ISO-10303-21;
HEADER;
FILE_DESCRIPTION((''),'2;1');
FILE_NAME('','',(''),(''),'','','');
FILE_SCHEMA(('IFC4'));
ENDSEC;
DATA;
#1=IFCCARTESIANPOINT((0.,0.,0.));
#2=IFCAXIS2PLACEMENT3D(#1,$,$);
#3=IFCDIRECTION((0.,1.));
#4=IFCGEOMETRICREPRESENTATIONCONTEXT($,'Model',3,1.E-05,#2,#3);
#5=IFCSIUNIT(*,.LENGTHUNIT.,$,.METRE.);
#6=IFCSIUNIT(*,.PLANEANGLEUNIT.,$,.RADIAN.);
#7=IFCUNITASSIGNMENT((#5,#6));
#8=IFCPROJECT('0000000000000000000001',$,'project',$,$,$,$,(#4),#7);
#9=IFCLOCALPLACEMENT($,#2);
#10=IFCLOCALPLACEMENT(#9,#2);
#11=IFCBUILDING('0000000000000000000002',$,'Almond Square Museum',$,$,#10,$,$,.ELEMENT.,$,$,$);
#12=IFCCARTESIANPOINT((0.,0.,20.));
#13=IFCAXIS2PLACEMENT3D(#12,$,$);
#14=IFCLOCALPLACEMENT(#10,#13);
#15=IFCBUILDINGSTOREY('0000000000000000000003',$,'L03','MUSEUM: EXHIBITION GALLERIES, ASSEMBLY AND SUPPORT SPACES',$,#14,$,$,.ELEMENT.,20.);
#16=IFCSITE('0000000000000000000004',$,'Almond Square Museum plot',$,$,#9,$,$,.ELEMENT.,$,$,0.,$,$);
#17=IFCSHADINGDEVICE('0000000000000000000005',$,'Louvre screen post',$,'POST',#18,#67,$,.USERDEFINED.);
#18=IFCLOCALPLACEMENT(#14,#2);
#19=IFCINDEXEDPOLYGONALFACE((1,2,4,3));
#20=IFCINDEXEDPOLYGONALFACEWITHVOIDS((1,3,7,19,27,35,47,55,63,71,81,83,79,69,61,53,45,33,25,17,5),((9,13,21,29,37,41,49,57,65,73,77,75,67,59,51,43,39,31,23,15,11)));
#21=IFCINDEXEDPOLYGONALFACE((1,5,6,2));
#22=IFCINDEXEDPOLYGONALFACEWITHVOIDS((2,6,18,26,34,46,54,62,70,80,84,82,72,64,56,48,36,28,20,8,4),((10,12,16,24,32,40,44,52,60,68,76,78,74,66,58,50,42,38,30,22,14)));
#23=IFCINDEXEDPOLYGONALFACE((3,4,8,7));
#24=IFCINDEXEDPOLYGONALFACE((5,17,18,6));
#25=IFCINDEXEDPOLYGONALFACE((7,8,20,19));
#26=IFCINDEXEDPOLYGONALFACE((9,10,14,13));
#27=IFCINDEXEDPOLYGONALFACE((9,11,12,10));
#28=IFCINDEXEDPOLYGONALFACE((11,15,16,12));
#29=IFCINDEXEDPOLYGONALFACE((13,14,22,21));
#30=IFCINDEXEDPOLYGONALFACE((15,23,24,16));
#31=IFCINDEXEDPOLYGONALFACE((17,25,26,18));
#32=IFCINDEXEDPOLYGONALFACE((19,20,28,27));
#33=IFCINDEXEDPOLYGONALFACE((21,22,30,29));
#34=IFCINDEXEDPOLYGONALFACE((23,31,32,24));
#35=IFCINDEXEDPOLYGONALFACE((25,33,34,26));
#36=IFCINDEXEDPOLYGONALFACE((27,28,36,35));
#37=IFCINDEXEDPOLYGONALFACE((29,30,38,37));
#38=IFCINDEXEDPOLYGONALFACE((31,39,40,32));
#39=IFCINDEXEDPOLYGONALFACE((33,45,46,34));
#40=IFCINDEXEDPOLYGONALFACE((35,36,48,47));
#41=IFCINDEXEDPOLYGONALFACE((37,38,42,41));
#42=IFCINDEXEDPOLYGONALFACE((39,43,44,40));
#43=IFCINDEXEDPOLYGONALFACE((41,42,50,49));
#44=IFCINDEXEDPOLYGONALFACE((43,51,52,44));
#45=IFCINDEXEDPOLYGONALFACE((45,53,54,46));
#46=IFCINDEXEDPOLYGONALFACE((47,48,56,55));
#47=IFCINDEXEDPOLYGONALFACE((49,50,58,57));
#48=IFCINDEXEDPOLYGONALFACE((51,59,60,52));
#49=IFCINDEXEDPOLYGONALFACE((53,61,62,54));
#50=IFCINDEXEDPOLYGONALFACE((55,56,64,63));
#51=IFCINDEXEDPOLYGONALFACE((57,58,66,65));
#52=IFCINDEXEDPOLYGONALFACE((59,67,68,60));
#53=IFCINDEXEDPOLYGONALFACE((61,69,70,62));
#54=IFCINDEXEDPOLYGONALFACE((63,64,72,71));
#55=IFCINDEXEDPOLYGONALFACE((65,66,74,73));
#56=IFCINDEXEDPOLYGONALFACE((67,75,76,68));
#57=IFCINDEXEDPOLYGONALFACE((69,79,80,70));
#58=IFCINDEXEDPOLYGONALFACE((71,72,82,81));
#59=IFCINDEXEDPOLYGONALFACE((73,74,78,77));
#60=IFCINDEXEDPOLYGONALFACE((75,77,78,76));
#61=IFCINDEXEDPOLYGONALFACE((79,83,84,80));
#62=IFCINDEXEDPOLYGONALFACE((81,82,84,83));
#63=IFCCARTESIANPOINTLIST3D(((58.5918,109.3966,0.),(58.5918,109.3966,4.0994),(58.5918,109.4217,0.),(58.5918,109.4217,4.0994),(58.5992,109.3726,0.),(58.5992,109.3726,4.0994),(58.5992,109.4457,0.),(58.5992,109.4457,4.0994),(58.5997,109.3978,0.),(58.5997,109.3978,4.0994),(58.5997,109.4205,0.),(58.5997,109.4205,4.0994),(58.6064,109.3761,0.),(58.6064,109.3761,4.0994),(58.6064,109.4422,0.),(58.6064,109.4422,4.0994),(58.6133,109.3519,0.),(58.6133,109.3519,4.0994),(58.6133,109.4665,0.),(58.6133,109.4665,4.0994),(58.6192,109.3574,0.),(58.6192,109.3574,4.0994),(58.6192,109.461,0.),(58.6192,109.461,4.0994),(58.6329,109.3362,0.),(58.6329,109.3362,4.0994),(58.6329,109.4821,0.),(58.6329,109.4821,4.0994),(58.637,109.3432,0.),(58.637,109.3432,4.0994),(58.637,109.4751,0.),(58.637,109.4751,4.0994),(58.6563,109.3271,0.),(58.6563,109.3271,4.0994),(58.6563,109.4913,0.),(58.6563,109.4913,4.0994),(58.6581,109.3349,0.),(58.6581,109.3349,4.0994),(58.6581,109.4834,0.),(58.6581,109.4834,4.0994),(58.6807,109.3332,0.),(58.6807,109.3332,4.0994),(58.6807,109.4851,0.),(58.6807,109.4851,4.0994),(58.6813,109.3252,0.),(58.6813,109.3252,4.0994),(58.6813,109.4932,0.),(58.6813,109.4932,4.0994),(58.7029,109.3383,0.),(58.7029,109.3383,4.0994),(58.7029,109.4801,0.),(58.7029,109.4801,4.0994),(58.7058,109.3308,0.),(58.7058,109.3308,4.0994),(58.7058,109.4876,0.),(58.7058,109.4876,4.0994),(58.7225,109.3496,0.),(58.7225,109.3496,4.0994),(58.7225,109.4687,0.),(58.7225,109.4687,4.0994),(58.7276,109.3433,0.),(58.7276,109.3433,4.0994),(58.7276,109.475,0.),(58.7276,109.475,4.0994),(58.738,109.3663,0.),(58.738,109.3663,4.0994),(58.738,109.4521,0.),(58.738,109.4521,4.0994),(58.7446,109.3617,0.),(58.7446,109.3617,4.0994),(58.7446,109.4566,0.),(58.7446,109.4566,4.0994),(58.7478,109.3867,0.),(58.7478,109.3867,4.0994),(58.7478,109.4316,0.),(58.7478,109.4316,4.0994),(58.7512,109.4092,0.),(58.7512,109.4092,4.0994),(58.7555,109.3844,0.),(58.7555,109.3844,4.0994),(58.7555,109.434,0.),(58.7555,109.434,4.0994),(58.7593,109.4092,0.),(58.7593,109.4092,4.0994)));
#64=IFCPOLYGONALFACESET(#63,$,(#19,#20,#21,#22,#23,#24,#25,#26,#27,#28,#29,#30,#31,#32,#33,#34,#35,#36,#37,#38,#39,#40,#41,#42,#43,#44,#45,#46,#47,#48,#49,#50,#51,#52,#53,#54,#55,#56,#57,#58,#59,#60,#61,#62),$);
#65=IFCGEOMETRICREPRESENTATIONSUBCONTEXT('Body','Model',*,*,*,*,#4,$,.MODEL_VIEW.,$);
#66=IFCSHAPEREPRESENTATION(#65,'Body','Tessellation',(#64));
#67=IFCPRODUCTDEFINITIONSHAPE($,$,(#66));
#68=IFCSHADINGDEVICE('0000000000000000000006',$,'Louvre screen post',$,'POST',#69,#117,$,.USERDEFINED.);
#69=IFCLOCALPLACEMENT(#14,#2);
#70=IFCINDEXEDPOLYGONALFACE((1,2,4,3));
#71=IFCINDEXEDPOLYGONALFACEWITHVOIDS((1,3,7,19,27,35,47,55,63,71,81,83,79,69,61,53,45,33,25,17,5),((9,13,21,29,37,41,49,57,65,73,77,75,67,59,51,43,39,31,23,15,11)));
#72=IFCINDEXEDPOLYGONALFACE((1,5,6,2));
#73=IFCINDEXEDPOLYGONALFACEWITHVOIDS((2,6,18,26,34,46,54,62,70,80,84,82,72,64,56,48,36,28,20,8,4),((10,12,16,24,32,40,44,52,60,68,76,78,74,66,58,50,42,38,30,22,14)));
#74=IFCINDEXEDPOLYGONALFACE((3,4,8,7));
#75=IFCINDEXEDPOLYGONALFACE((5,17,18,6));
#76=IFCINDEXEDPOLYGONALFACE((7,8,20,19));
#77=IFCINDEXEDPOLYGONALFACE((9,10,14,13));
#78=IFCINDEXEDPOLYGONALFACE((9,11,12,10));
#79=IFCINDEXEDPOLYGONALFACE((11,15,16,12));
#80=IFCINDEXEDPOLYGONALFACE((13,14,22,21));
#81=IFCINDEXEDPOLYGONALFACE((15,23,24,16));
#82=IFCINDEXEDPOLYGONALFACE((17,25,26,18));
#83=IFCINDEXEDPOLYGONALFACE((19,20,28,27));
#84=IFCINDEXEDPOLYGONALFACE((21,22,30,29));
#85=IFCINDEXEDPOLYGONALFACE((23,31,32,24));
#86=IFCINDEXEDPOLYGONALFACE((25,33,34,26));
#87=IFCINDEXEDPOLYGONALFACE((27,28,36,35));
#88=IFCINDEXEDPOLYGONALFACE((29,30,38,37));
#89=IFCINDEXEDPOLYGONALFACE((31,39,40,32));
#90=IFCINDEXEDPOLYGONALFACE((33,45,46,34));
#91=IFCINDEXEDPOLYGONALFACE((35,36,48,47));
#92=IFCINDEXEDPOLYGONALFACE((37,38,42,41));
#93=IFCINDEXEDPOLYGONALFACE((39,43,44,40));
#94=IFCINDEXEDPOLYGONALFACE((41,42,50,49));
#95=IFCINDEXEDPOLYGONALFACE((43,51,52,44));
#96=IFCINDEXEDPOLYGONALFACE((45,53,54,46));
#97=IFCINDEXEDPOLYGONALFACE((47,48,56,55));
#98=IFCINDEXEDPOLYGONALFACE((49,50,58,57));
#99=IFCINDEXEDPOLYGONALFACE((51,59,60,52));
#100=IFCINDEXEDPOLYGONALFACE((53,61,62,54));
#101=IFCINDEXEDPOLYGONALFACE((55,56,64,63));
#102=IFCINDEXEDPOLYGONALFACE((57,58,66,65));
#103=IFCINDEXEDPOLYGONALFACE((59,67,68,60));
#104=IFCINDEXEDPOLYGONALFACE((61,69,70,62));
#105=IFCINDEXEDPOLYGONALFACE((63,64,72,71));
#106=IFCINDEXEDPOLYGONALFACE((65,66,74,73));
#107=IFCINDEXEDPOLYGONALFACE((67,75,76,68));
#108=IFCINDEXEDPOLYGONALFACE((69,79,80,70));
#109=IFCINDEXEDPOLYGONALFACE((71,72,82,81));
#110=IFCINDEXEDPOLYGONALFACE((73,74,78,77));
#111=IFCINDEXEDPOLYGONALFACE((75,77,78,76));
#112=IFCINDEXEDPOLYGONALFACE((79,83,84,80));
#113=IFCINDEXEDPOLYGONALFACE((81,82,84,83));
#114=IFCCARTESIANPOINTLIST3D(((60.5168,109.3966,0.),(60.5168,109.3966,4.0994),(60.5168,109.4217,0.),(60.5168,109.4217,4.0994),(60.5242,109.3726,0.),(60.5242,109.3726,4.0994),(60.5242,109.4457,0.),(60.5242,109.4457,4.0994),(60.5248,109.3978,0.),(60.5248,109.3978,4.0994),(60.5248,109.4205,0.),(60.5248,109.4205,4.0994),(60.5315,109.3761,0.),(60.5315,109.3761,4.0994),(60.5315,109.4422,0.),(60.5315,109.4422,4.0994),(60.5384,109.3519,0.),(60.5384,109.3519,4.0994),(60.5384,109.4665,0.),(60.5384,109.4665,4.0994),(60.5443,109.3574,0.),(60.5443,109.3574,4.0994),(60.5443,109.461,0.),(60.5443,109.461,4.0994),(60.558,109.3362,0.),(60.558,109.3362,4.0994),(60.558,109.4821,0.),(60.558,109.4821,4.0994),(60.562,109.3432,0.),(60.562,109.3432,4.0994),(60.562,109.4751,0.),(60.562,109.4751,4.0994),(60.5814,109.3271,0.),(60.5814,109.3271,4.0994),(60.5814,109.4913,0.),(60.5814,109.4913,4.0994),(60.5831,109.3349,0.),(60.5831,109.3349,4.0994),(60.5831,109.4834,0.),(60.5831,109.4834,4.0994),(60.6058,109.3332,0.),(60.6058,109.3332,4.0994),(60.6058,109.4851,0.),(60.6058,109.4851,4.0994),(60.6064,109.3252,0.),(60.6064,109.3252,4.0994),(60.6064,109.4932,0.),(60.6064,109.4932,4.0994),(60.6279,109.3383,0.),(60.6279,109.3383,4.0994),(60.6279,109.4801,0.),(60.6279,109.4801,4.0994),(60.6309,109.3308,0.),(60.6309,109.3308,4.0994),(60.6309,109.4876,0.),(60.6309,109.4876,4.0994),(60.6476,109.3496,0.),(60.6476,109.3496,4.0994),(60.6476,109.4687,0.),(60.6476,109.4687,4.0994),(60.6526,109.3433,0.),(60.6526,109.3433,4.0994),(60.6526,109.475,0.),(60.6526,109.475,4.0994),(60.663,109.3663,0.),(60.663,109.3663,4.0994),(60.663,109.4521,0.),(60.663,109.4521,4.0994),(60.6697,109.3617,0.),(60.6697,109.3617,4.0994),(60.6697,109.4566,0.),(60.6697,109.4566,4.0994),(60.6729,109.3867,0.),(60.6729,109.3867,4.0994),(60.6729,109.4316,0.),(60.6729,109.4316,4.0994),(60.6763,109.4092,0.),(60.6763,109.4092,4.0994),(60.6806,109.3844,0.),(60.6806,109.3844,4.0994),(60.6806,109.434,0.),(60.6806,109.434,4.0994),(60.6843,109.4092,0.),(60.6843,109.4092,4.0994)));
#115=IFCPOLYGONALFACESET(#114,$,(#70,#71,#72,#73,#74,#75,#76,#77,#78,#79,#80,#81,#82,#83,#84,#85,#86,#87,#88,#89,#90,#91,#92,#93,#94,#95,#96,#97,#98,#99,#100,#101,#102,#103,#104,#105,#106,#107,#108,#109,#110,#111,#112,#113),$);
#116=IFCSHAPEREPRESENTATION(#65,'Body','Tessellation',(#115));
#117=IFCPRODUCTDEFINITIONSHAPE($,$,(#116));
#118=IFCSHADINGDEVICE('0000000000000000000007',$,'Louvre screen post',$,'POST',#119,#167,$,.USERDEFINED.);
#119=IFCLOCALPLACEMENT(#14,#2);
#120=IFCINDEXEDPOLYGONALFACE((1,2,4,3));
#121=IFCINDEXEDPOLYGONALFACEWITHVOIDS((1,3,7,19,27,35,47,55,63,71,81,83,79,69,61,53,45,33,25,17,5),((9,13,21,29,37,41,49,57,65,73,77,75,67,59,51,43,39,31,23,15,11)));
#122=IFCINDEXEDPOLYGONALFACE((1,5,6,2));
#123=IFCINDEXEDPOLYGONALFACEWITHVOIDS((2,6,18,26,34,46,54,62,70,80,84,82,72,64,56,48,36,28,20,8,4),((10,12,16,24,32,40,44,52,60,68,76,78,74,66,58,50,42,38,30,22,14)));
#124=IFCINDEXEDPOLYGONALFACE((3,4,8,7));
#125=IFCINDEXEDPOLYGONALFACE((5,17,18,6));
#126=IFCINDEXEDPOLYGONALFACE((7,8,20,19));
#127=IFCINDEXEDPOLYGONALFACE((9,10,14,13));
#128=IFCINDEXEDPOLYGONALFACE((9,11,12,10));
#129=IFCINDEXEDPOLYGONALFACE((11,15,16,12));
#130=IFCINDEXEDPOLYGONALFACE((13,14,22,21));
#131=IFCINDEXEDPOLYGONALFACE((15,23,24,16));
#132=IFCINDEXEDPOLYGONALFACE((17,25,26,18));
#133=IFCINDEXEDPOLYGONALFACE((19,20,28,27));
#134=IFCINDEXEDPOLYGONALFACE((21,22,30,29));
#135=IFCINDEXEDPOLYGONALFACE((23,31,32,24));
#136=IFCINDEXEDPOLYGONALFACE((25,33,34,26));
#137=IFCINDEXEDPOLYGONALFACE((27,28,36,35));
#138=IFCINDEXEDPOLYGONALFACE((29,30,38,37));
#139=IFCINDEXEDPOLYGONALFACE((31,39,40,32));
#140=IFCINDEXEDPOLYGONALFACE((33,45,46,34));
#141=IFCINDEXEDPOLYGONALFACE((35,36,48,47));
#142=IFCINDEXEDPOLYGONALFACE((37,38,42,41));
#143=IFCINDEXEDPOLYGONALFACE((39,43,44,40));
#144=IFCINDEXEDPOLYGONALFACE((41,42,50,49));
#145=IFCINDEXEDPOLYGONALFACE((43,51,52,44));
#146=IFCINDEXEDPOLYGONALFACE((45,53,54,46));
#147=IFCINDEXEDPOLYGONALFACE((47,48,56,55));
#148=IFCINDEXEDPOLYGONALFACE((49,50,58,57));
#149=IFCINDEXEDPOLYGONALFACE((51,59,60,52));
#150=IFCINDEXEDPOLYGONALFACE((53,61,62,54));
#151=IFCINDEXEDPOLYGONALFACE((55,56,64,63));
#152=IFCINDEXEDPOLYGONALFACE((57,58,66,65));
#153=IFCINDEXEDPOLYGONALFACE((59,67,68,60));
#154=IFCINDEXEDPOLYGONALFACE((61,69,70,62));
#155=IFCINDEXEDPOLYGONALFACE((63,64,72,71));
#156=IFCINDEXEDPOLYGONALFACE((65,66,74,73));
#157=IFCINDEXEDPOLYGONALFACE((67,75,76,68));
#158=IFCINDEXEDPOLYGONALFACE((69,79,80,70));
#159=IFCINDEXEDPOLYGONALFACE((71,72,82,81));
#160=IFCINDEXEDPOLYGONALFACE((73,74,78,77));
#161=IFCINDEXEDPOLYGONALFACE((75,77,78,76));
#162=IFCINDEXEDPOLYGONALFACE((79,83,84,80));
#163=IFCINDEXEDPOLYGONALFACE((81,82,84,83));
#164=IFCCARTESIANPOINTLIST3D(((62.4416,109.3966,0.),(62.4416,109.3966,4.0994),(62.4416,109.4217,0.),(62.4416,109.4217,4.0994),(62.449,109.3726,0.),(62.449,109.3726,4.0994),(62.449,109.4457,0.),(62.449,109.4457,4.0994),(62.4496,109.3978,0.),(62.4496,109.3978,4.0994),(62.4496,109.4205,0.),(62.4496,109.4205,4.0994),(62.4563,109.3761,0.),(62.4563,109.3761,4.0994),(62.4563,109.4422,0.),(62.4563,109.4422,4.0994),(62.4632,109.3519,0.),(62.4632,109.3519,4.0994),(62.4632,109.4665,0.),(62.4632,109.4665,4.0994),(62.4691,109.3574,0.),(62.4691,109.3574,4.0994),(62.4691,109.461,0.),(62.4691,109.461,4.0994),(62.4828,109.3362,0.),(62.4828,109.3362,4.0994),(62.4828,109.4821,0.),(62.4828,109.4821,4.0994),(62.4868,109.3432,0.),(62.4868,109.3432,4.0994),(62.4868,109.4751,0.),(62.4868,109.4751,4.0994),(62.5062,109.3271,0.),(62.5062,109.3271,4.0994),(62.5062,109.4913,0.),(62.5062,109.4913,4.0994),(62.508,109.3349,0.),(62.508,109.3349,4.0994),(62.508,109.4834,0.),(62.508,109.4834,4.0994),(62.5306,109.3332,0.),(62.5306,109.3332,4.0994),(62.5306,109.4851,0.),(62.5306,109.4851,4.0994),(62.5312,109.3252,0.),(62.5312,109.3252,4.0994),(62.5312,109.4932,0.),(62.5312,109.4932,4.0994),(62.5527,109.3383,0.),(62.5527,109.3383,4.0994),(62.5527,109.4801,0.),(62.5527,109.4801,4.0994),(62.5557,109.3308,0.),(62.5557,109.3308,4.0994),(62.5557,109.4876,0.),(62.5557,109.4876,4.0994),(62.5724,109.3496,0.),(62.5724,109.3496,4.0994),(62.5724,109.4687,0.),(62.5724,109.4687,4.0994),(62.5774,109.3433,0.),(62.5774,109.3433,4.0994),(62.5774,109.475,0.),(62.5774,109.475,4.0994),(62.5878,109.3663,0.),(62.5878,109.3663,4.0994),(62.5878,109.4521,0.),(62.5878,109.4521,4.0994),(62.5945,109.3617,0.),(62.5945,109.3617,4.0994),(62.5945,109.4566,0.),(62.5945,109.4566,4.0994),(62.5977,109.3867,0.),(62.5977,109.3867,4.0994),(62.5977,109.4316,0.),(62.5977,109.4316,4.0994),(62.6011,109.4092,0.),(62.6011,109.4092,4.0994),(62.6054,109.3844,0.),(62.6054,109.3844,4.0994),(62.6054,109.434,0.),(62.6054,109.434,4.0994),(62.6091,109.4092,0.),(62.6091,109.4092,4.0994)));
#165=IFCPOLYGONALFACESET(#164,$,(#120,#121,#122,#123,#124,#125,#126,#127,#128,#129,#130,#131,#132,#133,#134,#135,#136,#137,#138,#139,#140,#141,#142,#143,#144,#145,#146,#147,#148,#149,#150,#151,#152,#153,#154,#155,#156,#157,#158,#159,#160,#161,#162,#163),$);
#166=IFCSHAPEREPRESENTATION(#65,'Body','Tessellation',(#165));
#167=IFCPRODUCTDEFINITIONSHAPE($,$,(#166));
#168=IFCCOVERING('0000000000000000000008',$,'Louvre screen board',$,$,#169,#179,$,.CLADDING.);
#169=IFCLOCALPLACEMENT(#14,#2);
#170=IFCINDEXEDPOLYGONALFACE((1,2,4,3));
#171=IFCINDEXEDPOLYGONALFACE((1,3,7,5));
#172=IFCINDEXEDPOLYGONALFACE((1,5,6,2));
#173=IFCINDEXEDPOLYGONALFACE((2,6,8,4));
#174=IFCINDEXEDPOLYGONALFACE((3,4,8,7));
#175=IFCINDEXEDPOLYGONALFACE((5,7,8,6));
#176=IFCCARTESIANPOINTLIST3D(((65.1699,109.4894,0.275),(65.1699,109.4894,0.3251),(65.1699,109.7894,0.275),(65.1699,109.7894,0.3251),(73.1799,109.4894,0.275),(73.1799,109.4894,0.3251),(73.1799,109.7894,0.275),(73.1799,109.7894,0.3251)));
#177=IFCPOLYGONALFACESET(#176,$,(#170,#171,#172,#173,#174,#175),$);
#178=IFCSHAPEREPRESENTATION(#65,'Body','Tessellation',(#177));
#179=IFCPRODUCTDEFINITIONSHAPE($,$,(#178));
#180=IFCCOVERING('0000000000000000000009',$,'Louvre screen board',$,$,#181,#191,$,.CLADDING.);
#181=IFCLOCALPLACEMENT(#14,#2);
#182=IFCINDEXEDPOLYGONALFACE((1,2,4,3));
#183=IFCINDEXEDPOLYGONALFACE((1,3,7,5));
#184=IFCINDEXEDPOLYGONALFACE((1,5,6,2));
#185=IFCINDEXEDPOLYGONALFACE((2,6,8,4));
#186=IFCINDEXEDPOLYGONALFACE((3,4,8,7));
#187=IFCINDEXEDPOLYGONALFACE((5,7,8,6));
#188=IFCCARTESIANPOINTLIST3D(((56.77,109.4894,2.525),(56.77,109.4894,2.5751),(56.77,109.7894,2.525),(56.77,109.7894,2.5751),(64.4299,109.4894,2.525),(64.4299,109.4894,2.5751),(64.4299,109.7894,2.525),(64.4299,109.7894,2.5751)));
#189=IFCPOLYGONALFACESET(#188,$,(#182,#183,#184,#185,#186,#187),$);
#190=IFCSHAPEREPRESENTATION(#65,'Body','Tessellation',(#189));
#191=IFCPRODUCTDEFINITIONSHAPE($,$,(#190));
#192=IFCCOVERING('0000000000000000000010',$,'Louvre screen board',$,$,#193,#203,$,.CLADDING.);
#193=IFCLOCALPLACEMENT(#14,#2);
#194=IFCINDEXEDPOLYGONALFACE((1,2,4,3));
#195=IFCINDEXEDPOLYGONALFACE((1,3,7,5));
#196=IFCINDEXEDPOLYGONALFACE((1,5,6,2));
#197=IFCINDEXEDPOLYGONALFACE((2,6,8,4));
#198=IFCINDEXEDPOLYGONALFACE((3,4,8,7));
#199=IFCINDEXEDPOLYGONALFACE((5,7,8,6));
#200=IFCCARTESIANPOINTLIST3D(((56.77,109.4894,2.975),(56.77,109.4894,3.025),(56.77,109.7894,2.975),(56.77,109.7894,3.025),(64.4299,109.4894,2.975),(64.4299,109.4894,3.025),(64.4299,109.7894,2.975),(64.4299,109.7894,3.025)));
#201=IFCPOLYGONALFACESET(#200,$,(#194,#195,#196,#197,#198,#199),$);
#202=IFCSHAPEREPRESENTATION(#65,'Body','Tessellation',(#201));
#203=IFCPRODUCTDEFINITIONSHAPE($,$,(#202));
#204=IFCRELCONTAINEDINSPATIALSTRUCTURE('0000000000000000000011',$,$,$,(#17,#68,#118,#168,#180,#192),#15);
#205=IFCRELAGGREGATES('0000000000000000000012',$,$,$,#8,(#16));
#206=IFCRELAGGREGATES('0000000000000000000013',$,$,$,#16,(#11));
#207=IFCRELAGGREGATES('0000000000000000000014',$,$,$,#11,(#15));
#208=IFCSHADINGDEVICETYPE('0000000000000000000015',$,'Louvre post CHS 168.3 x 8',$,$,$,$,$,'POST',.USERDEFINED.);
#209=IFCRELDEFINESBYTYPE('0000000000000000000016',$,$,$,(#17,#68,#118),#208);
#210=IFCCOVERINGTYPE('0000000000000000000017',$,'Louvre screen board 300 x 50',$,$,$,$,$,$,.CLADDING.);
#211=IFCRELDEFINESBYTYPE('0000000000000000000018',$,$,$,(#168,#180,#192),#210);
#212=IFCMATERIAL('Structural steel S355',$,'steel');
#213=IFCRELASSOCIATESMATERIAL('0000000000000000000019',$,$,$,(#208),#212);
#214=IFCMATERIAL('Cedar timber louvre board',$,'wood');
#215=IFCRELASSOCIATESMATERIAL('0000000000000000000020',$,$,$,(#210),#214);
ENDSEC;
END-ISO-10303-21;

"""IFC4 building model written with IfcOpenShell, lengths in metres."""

from ifc_helpers import new_model, si_unit, direction, frame, origin, origin_2d, place, context, subcontext, project, spatial, rectangle, hollow_circle, extrude, material, material_profile, profile_set, type_object, element, save


model = new_model("IFC4")

# Units and contexts
model_context = context("Model", 3, precision=1e-05, world=origin(), true_north=direction((0.0, 1.0)))
body_context = subcontext(model_context, "Body", "Model", "MODEL_VIEW")
ifc_project = project(units=[si_unit("LENGTHUNIT", "METRE"), si_unit("PLANEANGLEUNIT", "RADIAN")], contexts=[model_context])

# Site, building, storey
site_placement = place(None, origin())
site = spatial("IfcSite", under=ifc_project, at=site_placement, Name="Almond Square Museum plot", CompositionType="ELEMENT", RefElevation=0.0)
building_placement = place(site_placement, origin())
building = spatial("IfcBuilding", under=site, at=building_placement, Name="Almond Square Museum", CompositionType="ELEMENT")
storey_placement = place(building_placement, frame((0.0, 0.0, 20.0)))
storey = spatial("IfcBuildingStorey", under=building, at=storey_placement, Name="L03", Description="MUSEUM: EXHIBITION GALLERIES, ASSEMBLY AND SUPPORT SPACES", CompositionType="ELEMENT", Elevation=20.0)

# Shading devices
ifc_material_1 = material(Name="Structural steel S355", Category="steel")
ifc_material_profile_1 = material_profile(ifc_material_1, hollow_circle(Radius=0.0842, WallThickness=0.0081, at=origin_2d()))
ifc_profile_set_1 = profile_set([ifc_material_profile_1], Name="Structural steel S355")
shading_device_type = type_object("IfcShadingDeviceType", Name="Louvre post CHS 168.3 x 8", ElementType="POST", PredefinedType="USERDEFINED", material=ifc_profile_set_1)
for number, where, z_axis, x_axis, name in (
    (1, (58.675, 109.4092, 0.0), (0.0, 0.0, 1.0), (1.0, 0.0, 0.0), "Louvre screen post"),
    (2, (60.6001, 109.4092, 0.0), (0.0, 0.0, 1.0), (1.0, 0.0, 0.0), "Louvre screen post"),
    (3, (62.5249, 109.4092, 0.0), (0.0, 0.0, 1.0), (1.0, 0.0, 0.0), "Louvre screen post"),
):
    element("IfcShadingDevice", number, at=place(storey_placement, frame(where, z_axis=z_axis, x_axis=x_axis)), inside=storey, type_object=shading_device_type, Name=name, ObjectType="POST", PredefinedType="USERDEFINED", context=body_context, shape_type="SweptSolid", body=[
        extrude(hollow_circle(Radius=0.0842, WallThickness=0.0081, at=origin_2d()), origin(), (0.0, 0.0, 1.0), 4.0994),
    ])

# Coverings
ifc_material_2 = material(Name="Cedar timber louvre board", Category="wood")
ifc_material_profile_2 = material_profile(ifc_material_2, rectangle(XDim=0.3, YDim=0.05, at=origin_2d()))
ifc_profile_set_2 = profile_set([ifc_material_profile_2], Name="Cedar timber louvre board")
covering_type_1 = type_object("IfcCoveringType", Name="Louvre screen board 300 x 50", PredefinedType="CLADDING", material=ifc_profile_set_2)
covering_1_placement = place(storey_placement, frame((65.1699, 109.6394, 0.3), z_axis=(1.0, 0.0, 0.0), x_axis=(0.0, 1.0, 0.0)))
element("IfcCovering", 4, at=covering_1_placement, inside=storey, type_object=covering_type_1, Name="Louvre screen board", PredefinedType="CLADDING", context=body_context, shape_type="SweptSolid", body=[
    extrude(rectangle(XDim=0.3, YDim=0.05, at=origin_2d()), origin(), (0.0, 0.0, 1.0), 8.01),
])
for number, where, z_axis, x_axis, name in (
    (5, (56.77, 109.6394, 2.55), (1.0, 0.0, 0.0), (0.0, 1.0, 0.0), "Louvre screen board"),
    (6, (56.77, 109.6394, 3.0), (1.0, 0.0, 0.0), (0.0, 1.0, 0.0), "Louvre screen board"),
):
    element("IfcCovering", number, at=place(storey_placement, frame(where, z_axis=z_axis, x_axis=x_axis)), inside=storey, type_object=covering_type_1, Name=name, PredefinedType="CLADDING", context=body_context, shape_type="SweptSolid", body=[
        extrude(rectangle(XDim=0.3, YDim=0.05, at=origin_2d()), origin(), (0.0, 0.0, 1.0), 7.6599),
    ])

save(model, "model.ifc")
